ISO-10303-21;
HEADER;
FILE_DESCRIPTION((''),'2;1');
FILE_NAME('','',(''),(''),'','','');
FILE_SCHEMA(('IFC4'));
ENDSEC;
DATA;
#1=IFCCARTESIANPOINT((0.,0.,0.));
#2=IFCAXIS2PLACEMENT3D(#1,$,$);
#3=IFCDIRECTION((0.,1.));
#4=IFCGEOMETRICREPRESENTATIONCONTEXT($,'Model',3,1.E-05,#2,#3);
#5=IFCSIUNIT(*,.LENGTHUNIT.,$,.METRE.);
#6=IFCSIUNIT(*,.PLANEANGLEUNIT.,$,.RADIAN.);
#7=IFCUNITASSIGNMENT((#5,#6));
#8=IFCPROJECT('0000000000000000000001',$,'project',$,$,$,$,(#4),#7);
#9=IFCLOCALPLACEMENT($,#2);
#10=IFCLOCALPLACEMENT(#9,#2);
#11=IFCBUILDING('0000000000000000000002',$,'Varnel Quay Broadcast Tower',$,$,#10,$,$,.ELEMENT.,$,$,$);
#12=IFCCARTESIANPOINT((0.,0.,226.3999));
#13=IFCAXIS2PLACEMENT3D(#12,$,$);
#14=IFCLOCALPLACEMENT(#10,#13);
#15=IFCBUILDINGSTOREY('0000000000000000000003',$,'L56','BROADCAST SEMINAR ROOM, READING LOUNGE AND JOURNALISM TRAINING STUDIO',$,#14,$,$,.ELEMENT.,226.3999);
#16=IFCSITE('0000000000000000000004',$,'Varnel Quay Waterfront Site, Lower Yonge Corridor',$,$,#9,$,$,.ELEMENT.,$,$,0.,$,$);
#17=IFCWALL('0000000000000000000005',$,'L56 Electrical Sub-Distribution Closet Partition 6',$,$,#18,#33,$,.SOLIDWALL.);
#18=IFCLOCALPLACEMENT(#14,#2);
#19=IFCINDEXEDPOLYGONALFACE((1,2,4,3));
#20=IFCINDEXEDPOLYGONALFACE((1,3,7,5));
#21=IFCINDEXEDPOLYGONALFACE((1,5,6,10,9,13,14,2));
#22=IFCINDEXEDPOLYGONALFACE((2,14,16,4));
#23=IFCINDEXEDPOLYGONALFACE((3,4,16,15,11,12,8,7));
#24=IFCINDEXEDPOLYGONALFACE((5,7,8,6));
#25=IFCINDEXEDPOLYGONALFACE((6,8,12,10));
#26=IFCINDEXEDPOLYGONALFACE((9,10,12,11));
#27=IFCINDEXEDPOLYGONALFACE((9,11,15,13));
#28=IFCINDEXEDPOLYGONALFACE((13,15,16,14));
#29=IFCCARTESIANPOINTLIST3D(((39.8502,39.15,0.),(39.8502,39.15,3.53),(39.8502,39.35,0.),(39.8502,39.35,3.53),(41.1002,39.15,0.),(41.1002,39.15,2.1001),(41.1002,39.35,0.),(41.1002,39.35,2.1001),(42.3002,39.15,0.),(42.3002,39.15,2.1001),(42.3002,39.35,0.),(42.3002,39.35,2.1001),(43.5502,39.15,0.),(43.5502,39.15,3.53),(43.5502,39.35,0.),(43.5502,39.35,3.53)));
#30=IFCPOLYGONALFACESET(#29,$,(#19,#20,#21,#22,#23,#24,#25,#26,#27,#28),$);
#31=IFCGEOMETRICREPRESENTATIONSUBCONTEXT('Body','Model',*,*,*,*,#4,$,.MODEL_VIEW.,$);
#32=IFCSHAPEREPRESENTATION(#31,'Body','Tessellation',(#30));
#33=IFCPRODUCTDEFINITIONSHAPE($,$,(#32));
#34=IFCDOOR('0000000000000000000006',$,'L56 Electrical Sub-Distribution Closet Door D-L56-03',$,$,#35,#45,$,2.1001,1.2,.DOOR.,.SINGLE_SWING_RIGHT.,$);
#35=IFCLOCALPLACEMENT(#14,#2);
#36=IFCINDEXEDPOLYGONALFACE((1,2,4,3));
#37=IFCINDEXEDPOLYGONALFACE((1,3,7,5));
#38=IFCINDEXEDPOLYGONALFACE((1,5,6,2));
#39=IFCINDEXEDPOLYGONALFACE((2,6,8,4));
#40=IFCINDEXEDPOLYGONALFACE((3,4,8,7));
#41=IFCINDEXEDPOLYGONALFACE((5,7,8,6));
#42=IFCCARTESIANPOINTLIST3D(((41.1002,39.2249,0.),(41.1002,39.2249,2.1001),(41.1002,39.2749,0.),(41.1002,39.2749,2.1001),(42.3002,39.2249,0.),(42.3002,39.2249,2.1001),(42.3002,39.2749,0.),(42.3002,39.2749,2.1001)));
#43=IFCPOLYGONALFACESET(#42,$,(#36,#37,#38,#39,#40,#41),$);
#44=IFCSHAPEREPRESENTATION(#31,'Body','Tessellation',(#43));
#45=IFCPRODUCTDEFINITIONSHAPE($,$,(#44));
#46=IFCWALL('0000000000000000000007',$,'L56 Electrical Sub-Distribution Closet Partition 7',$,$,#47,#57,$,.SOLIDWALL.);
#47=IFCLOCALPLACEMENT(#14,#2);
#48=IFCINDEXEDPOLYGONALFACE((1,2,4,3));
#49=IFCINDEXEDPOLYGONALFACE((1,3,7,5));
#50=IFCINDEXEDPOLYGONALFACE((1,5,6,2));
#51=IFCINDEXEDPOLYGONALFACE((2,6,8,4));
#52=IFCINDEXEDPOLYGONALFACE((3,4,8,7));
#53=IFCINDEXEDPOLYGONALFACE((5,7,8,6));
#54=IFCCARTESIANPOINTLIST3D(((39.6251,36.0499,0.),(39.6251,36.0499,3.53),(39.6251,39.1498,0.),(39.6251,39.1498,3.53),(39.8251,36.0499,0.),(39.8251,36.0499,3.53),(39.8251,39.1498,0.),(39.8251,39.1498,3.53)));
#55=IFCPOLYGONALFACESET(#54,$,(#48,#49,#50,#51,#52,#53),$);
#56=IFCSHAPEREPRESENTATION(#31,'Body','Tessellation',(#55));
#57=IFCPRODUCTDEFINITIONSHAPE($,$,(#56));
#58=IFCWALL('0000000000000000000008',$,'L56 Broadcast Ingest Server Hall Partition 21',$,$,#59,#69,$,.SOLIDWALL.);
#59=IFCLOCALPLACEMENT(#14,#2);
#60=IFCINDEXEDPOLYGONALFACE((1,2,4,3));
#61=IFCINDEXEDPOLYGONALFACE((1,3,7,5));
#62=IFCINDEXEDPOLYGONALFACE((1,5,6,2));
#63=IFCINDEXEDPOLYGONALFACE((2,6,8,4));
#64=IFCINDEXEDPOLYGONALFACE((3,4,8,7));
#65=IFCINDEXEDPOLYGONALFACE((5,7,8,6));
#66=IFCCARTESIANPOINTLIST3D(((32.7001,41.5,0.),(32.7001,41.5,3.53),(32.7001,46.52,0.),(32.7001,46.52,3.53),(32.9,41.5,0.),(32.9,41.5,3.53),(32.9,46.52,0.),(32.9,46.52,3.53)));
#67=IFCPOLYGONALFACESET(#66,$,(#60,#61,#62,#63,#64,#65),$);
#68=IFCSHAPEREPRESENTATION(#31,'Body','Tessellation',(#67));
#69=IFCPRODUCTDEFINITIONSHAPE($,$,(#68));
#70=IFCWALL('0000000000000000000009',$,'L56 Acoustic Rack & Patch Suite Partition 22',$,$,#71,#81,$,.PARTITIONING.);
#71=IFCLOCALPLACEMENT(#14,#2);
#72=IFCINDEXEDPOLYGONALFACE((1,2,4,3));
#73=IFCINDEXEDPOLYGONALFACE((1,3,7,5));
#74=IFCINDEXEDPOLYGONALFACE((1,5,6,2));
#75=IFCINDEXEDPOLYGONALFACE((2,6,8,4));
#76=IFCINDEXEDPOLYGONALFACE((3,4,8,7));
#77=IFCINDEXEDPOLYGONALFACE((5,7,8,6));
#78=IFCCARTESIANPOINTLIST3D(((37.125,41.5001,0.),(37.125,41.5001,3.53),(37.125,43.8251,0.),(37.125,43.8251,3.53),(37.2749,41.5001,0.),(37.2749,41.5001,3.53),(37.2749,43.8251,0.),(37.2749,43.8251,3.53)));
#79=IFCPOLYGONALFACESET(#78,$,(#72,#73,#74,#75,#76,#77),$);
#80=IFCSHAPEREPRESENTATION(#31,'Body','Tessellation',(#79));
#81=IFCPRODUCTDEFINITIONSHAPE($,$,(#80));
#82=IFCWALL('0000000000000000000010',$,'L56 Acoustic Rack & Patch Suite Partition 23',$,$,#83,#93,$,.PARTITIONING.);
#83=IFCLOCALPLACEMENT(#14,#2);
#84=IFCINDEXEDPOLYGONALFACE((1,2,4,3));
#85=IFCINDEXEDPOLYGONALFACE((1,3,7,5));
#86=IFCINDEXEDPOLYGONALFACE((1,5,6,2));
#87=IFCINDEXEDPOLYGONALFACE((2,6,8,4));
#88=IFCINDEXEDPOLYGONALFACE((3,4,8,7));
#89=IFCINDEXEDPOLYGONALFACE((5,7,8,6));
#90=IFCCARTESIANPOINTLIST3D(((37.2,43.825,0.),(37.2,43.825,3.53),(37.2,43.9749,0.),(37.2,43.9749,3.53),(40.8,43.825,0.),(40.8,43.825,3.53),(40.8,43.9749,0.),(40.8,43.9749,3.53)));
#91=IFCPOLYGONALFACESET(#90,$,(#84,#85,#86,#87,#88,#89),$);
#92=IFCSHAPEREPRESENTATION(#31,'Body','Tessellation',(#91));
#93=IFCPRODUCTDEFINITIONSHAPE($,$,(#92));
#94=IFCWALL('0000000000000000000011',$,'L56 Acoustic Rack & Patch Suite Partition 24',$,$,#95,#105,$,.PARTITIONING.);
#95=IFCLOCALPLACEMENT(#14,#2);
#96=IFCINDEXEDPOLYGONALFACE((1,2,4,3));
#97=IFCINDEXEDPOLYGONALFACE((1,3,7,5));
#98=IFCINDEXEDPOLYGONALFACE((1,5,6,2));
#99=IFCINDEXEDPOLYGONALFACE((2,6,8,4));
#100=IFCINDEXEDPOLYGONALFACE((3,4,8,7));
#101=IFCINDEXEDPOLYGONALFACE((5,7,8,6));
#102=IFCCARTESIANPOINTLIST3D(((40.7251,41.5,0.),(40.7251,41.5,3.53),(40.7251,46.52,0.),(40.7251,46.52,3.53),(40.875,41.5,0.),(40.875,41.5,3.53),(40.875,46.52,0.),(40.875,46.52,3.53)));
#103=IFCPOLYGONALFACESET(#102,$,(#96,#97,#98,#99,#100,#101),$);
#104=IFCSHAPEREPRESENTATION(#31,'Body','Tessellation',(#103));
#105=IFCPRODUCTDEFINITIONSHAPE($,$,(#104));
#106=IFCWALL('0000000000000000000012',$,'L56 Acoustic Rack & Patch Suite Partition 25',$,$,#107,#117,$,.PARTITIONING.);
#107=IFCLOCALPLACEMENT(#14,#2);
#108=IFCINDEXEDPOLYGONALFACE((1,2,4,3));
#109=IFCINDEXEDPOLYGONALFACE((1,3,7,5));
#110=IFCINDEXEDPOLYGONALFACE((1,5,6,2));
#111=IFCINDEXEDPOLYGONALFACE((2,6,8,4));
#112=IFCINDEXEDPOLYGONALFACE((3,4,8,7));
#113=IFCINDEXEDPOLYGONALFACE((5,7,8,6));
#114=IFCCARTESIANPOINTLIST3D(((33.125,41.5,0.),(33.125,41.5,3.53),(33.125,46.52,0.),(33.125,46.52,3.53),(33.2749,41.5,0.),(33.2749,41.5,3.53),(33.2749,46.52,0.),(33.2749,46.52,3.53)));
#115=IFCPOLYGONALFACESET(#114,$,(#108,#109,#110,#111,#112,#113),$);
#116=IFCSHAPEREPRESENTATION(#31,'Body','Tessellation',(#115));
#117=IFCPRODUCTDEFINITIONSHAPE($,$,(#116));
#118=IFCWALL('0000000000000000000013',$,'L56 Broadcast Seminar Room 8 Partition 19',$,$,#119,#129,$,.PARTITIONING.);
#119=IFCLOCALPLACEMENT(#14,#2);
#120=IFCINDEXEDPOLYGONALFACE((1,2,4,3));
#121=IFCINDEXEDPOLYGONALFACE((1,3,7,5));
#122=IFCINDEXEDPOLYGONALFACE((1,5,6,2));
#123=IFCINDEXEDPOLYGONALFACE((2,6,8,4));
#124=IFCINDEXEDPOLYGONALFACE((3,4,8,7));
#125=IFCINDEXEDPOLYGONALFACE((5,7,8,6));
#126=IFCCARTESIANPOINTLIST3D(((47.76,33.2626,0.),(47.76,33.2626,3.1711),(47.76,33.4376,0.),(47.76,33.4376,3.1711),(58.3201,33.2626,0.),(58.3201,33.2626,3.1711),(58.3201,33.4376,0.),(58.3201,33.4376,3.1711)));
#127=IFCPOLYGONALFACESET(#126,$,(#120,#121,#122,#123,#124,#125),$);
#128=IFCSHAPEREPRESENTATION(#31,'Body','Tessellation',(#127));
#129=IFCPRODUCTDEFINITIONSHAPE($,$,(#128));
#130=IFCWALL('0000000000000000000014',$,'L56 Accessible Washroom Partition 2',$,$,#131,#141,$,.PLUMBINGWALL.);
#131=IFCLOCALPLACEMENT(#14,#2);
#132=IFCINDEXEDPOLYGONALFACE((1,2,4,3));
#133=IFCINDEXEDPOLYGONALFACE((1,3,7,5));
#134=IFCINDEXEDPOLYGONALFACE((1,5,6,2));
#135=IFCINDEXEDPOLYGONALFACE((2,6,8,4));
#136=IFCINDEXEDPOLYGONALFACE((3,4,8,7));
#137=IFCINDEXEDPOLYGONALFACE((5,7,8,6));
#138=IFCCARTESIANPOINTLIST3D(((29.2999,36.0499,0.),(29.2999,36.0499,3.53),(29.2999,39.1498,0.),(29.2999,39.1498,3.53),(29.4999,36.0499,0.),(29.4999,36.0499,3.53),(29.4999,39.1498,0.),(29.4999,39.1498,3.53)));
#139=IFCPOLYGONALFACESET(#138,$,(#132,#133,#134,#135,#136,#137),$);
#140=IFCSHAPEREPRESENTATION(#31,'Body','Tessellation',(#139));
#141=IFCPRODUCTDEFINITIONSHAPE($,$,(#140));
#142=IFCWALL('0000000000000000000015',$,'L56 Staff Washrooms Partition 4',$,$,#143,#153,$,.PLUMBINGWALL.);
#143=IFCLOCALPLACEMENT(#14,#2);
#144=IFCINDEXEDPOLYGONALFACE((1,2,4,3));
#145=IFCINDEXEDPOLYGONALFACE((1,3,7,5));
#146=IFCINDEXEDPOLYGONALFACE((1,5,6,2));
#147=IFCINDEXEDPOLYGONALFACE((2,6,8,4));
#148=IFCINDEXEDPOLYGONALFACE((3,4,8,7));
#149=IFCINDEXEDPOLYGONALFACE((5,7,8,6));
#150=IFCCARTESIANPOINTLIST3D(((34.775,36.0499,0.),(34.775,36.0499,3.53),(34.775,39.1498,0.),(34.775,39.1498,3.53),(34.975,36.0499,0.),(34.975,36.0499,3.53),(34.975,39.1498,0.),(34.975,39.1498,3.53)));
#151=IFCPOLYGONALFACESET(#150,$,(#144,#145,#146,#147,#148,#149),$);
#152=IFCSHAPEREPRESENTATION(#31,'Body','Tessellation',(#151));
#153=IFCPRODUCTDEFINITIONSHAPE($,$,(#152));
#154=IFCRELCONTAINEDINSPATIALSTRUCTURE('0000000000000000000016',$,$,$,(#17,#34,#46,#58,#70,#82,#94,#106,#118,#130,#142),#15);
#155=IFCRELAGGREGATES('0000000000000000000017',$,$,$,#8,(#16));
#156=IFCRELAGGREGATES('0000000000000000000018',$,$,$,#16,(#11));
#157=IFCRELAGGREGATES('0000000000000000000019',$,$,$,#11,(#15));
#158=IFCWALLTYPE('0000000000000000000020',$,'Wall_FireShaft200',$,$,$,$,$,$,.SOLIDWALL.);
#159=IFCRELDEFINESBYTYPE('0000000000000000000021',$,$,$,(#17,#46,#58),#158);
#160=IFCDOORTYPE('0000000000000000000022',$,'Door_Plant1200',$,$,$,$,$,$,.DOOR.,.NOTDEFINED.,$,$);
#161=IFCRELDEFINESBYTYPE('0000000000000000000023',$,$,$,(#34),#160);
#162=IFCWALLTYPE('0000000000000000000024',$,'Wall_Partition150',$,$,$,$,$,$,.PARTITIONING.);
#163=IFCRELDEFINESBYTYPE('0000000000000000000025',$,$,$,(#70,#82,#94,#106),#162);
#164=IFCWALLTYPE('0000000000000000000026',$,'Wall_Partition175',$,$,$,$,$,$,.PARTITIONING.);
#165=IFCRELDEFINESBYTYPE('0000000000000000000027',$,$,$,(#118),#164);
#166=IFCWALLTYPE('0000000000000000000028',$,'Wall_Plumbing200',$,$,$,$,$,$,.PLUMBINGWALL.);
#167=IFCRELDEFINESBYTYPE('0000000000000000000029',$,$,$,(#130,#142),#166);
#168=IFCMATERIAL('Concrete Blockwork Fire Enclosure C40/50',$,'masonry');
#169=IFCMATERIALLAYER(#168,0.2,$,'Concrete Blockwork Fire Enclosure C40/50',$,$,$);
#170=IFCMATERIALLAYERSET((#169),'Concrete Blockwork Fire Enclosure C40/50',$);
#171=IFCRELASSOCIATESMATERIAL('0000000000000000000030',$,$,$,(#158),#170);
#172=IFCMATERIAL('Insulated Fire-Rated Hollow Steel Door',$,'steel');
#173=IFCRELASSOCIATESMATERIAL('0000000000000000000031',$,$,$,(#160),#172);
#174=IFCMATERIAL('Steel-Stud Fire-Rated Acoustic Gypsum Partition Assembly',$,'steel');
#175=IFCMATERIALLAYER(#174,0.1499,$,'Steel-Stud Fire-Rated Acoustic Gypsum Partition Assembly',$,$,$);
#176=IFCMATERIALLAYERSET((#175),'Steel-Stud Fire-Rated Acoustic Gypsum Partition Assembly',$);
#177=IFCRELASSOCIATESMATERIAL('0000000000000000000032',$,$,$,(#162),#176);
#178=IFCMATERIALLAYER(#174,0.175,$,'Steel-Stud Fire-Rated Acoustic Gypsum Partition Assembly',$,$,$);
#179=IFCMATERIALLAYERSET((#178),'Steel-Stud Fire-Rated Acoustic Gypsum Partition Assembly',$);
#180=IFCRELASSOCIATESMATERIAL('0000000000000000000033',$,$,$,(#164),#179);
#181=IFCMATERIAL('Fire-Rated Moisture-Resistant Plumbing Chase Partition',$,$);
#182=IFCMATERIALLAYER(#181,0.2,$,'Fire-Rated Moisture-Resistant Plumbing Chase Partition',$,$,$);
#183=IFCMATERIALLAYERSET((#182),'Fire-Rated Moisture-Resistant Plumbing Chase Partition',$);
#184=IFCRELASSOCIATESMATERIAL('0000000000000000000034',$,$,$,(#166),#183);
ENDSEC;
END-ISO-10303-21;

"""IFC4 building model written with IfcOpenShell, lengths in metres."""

from ifc_helpers import new_model, si_unit, direction, frame, frame_2d, origin, place, context, subcontext, project, spatial, rectangle, extrude, source, transform, mapped, material, layer, layer_set, type_object, type_shapes, element, fill, save


model = new_model("IFC4")

# Units and contexts
model_context = context("Model", 3, precision=1e-05, world=origin(), true_north=direction((0.0, 1.0)))
body_context = subcontext(model_context, "Body", "Model", "MODEL_VIEW")
ifc_project = project(units=[si_unit("LENGTHUNIT", "METRE"), si_unit("PLANEANGLEUNIT", "RADIAN")], contexts=[model_context])

# Site, building, storey
site_placement = place(None, origin())
site = spatial("IfcSite", under=ifc_project, at=site_placement, Name="Varnel Quay Waterfront Site, Lower Yonge Corridor", CompositionType="ELEMENT", RefElevation=0.0)
building_placement = place(site_placement, origin())
building = spatial("IfcBuilding", under=site, at=building_placement, Name="Varnel Quay Broadcast Tower", CompositionType="ELEMENT")
storey_placement = place(building_placement, frame((0.0, 0.0, 226.3999)))
storey = spatial("IfcBuildingStorey", under=building, at=storey_placement, Name="L56", Description="BROADCAST SEMINAR ROOM, READING LOUNGE AND JOURNALISM TRAINING STUDIO", CompositionType="ELEMENT", Elevation=226.3999)

# Shared definitions
ifc_material_1 = material(Name="Insulated Fire-Rated Hollow Steel Door", Category="steel")

# Shared definitions
ifc_material_2 = material(Name="Concrete Blockwork Fire Enclosure C40/50", Category="masonry")
ifc_layer_1 = layer(ifc_material_2, 0.2, Name="Concrete Blockwork Fire Enclosure C40/50")
ifc_layer_set_1 = layer_set([ifc_layer_1], Name="Concrete Blockwork Fire Enclosure C40/50")
wall_type_1 = type_object("IfcWallType", Name="Wall_FireShaft200", PredefinedType="SOLIDWALL", material=ifc_layer_set_1)

# Wall, opening, door
wall_1_placement = place(storey_placement, frame((39.8501, 39.25, 0.0), z_axis=(0.0, 0.0, 1.0), x_axis=(1.0, 0.0, 0.0)))
wall_1 = element("IfcWall", 1, at=wall_1_placement, inside=storey, type_object=wall_type_1, Name="L56 Electrical Sub-Distribution Closet Partition 6", PredefinedType="SOLIDWALL", context=body_context, shape_type="SweptSolid", body=[
    extrude(rectangle(XDim=3.7, YDim=0.2, at=frame_2d((1.8501, 0.0))), origin(), (0.0, 0.0, 1.0), 3.53),
])
opening_1_placement = place(wall_1_placement, frame((1.25, 0.0, 0.0)))
opening_1 = element("IfcOpeningElement", 2, at=opening_1_placement, cuts=wall_1, PredefinedType="OPENING", context=body_context, shape_type="SweptSolid", body=[
    extrude(rectangle(XDim=1.2, YDim=2.1001, at=frame_2d((0.6001, 1.05))), frame((0.0, 0.1099, 0.0), z_axis=(0.0, -1.0, 0.0), x_axis=(1.0, 0.0, 0.0)), (0.0, 0.0, 1.0), 0.22),
])
door_type_1 = type_object("IfcDoorType", Name="Door_Plant1200", OperationType="NOTDEFINED", PredefinedType="DOOR", material=ifc_material_1)
shared_shape_1 = source(origin(), body_context, "Body", "SweptSolid", [
    extrude(rectangle(XDim=1.2, YDim=2.1001, at=frame_2d((0.6001, 1.05))), frame((0.0, 0.0249, 0.0), z_axis=(0.0, -1.0, 0.0), x_axis=(1.0, 0.0, 0.0)), (0.0, 0.0, 1.0), 0.05),
])
type_shapes(door_type_1, [shared_shape_1])
door_1_placement = place(opening_1_placement, origin())
door_1 = element("IfcDoor", 3, at=door_1_placement, inside=storey, type_object=door_type_1, Name="L56 Electrical Sub-Distribution Closet Door D-L56-03", OperationType="SINGLE_SWING_RIGHT", OverallHeight=2.1001, OverallWidth=1.2, PredefinedType="DOOR", context=body_context, shape_type="MappedRepresentation", body=[
    mapped(shared_shape_1, transform((0.0, 0.0, 0.0), x_axis=(1.0, 0.0, 0.0), y_axis=(0.0, 1.0, 0.0), z_axis=(0.0, 0.0, 1.0), scale=1.0)),
])
fill(opening_1, door_1)

# Walls
wall_2_placement = place(storey_placement, frame((39.7251, 36.05, 0.0), z_axis=(0.0, 0.0, 1.0), x_axis=(0.0, 1.0, 0.0)))
element("IfcWall", 4, at=wall_2_placement, inside=storey, type_object=wall_type_1, Name="L56 Electrical Sub-Distribution Closet Partition 7", PredefinedType="SOLIDWALL", context=body_context, shape_type="SweptSolid", body=[
    extrude(rectangle(XDim=3.0999, YDim=0.2, at=frame_2d((1.5498, 0.0))), origin(), (0.0, 0.0, 1.0), 3.53),
])
wall_3_placement = place(storey_placement, frame((32.8, 41.5, 0.0), z_axis=(0.0, 0.0, 1.0), x_axis=(0.0, 1.0, 0.0)))
element("IfcWall", 5, at=wall_3_placement, inside=storey, type_object=wall_type_1, Name="L56 Broadcast Ingest Server Hall Partition 21", PredefinedType="SOLIDWALL", context=body_context, shape_type="SweptSolid", body=[
    extrude(rectangle(XDim=5.02, YDim=0.2, at=frame_2d((2.51, 0.0))), origin(), (0.0, 0.0, 1.0), 3.53),
])
ifc_material_3 = material(Name="Steel-Stud Fire-Rated Acoustic Gypsum Partition Assembly", Category="steel")
ifc_layer_2 = layer(ifc_material_3, 0.1499, Name="Steel-Stud Fire-Rated Acoustic Gypsum Partition Assembly")
ifc_layer_set_2 = layer_set([ifc_layer_2], Name="Steel-Stud Fire-Rated Acoustic Gypsum Partition Assembly")
wall_type_2 = type_object("IfcWallType", Name="Wall_Partition150", PredefinedType="PARTITIONING", material=ifc_layer_set_2)
wall_4_placement = place(storey_placement, frame((37.2, 41.5, 0.0), z_axis=(0.0, 0.0, 1.0), x_axis=(0.0, 1.0, 0.0)))
element("IfcWall", 6, at=wall_4_placement, inside=storey, type_object=wall_type_2, Name="L56 Acoustic Rack & Patch Suite Partition 22", PredefinedType="PARTITIONING", context=body_context, shape_type="SweptSolid", body=[
    extrude(rectangle(XDim=2.325, YDim=0.1499, at=frame_2d((1.1626, 0.0))), origin(), (0.0, 0.0, 1.0), 3.53),
])
wall_5_placement = place(storey_placement, frame((37.2, 43.8999, 0.0), z_axis=(0.0, 0.0, 1.0), x_axis=(1.0, 0.0, 0.0)))
element("IfcWall", 7, at=wall_5_placement, inside=storey, type_object=wall_type_2, Name="L56 Acoustic Rack & Patch Suite Partition 23", PredefinedType="PARTITIONING", context=body_context, shape_type="SweptSolid", body=[
    extrude(rectangle(XDim=3.6001, YDim=0.1499, at=frame_2d((1.8, 0.0))), origin(), (0.0, 0.0, 1.0), 3.53),
])
for number, where, z_axis, x_axis, name in (
    (8, (40.8, 41.5, 0.0), (0.0, 0.0, 1.0), (0.0, 1.0, 0.0), "L56 Acoustic Rack & Patch Suite Partition 24"),
    (9, (33.2, 41.5, 0.0), (0.0, 0.0, 1.0), (0.0, 1.0, 0.0), "L56 Acoustic Rack & Patch Suite Partition 25"),
):
    element("IfcWall", number, at=place(storey_placement, frame(where, z_axis=z_axis, x_axis=x_axis)), inside=storey, type_object=wall_type_2, Name=name, PredefinedType="PARTITIONING", context=body_context, shape_type="SweptSolid", body=[
        extrude(rectangle(XDim=5.02, YDim=0.1499, at=frame_2d((2.51, 0.0))), origin(), (0.0, 0.0, 1.0), 3.53),
    ])
ifc_layer_3 = layer(ifc_material_3, 0.175, Name="Steel-Stud Fire-Rated Acoustic Gypsum Partition Assembly")
ifc_layer_set_3 = layer_set([ifc_layer_3], Name="Steel-Stud Fire-Rated Acoustic Gypsum Partition Assembly")
wall_type_3 = type_object("IfcWallType", Name="Wall_Partition175", PredefinedType="PARTITIONING", material=ifc_layer_set_3)
wall_6_placement = place(storey_placement, frame((47.76, 33.3501, 0.0), z_axis=(0.0, 0.0, 1.0), x_axis=(1.0, 0.0, 0.0)))
element("IfcWall", 10, at=wall_6_placement, inside=storey, type_object=wall_type_3, Name="L56 Broadcast Seminar Room 8 Partition 19", PredefinedType="PARTITIONING", context=body_context, shape_type="SweptSolid", body=[
    extrude(rectangle(XDim=10.5601, YDim=0.175, at=frame_2d((5.28, 0.0))), origin(), (0.0, 0.0, 1.0), 3.1711),
])
ifc_material_4 = material(Name="Fire-Rated Moisture-Resistant Plumbing Chase Partition")
ifc_layer_4 = layer(ifc_material_4, 0.2, Name="Fire-Rated Moisture-Resistant Plumbing Chase Partition")
ifc_layer_set_4 = layer_set([ifc_layer_4], Name="Fire-Rated Moisture-Resistant Plumbing Chase Partition")
wall_type_4 = type_object("IfcWallType", Name="Wall_Plumbing200", PredefinedType="PLUMBINGWALL", material=ifc_layer_set_4)
for number, where, z_axis, x_axis, name in (
    (11, (29.3999, 36.05, 0.0), (0.0, 0.0, 1.0), (0.0, 1.0, 0.0), "L56 Accessible Washroom Partition 2"),
    (12, (34.875, 36.05, 0.0), (0.0, 0.0, 1.0), (0.0, 1.0, 0.0), "L56 Staff Washrooms Partition 4"),
):
    element("IfcWall", number, at=place(storey_placement, frame(where, z_axis=z_axis, x_axis=x_axis)), inside=storey, type_object=wall_type_4, Name=name, PredefinedType="PLUMBINGWALL", context=body_context, shape_type="SweptSolid", body=[
        extrude(rectangle(XDim=3.0999, YDim=0.2, at=frame_2d((1.5498, 0.0))), origin(), (0.0, 0.0, 1.0), 3.53),
    ])

save(model, "model.ifc")
